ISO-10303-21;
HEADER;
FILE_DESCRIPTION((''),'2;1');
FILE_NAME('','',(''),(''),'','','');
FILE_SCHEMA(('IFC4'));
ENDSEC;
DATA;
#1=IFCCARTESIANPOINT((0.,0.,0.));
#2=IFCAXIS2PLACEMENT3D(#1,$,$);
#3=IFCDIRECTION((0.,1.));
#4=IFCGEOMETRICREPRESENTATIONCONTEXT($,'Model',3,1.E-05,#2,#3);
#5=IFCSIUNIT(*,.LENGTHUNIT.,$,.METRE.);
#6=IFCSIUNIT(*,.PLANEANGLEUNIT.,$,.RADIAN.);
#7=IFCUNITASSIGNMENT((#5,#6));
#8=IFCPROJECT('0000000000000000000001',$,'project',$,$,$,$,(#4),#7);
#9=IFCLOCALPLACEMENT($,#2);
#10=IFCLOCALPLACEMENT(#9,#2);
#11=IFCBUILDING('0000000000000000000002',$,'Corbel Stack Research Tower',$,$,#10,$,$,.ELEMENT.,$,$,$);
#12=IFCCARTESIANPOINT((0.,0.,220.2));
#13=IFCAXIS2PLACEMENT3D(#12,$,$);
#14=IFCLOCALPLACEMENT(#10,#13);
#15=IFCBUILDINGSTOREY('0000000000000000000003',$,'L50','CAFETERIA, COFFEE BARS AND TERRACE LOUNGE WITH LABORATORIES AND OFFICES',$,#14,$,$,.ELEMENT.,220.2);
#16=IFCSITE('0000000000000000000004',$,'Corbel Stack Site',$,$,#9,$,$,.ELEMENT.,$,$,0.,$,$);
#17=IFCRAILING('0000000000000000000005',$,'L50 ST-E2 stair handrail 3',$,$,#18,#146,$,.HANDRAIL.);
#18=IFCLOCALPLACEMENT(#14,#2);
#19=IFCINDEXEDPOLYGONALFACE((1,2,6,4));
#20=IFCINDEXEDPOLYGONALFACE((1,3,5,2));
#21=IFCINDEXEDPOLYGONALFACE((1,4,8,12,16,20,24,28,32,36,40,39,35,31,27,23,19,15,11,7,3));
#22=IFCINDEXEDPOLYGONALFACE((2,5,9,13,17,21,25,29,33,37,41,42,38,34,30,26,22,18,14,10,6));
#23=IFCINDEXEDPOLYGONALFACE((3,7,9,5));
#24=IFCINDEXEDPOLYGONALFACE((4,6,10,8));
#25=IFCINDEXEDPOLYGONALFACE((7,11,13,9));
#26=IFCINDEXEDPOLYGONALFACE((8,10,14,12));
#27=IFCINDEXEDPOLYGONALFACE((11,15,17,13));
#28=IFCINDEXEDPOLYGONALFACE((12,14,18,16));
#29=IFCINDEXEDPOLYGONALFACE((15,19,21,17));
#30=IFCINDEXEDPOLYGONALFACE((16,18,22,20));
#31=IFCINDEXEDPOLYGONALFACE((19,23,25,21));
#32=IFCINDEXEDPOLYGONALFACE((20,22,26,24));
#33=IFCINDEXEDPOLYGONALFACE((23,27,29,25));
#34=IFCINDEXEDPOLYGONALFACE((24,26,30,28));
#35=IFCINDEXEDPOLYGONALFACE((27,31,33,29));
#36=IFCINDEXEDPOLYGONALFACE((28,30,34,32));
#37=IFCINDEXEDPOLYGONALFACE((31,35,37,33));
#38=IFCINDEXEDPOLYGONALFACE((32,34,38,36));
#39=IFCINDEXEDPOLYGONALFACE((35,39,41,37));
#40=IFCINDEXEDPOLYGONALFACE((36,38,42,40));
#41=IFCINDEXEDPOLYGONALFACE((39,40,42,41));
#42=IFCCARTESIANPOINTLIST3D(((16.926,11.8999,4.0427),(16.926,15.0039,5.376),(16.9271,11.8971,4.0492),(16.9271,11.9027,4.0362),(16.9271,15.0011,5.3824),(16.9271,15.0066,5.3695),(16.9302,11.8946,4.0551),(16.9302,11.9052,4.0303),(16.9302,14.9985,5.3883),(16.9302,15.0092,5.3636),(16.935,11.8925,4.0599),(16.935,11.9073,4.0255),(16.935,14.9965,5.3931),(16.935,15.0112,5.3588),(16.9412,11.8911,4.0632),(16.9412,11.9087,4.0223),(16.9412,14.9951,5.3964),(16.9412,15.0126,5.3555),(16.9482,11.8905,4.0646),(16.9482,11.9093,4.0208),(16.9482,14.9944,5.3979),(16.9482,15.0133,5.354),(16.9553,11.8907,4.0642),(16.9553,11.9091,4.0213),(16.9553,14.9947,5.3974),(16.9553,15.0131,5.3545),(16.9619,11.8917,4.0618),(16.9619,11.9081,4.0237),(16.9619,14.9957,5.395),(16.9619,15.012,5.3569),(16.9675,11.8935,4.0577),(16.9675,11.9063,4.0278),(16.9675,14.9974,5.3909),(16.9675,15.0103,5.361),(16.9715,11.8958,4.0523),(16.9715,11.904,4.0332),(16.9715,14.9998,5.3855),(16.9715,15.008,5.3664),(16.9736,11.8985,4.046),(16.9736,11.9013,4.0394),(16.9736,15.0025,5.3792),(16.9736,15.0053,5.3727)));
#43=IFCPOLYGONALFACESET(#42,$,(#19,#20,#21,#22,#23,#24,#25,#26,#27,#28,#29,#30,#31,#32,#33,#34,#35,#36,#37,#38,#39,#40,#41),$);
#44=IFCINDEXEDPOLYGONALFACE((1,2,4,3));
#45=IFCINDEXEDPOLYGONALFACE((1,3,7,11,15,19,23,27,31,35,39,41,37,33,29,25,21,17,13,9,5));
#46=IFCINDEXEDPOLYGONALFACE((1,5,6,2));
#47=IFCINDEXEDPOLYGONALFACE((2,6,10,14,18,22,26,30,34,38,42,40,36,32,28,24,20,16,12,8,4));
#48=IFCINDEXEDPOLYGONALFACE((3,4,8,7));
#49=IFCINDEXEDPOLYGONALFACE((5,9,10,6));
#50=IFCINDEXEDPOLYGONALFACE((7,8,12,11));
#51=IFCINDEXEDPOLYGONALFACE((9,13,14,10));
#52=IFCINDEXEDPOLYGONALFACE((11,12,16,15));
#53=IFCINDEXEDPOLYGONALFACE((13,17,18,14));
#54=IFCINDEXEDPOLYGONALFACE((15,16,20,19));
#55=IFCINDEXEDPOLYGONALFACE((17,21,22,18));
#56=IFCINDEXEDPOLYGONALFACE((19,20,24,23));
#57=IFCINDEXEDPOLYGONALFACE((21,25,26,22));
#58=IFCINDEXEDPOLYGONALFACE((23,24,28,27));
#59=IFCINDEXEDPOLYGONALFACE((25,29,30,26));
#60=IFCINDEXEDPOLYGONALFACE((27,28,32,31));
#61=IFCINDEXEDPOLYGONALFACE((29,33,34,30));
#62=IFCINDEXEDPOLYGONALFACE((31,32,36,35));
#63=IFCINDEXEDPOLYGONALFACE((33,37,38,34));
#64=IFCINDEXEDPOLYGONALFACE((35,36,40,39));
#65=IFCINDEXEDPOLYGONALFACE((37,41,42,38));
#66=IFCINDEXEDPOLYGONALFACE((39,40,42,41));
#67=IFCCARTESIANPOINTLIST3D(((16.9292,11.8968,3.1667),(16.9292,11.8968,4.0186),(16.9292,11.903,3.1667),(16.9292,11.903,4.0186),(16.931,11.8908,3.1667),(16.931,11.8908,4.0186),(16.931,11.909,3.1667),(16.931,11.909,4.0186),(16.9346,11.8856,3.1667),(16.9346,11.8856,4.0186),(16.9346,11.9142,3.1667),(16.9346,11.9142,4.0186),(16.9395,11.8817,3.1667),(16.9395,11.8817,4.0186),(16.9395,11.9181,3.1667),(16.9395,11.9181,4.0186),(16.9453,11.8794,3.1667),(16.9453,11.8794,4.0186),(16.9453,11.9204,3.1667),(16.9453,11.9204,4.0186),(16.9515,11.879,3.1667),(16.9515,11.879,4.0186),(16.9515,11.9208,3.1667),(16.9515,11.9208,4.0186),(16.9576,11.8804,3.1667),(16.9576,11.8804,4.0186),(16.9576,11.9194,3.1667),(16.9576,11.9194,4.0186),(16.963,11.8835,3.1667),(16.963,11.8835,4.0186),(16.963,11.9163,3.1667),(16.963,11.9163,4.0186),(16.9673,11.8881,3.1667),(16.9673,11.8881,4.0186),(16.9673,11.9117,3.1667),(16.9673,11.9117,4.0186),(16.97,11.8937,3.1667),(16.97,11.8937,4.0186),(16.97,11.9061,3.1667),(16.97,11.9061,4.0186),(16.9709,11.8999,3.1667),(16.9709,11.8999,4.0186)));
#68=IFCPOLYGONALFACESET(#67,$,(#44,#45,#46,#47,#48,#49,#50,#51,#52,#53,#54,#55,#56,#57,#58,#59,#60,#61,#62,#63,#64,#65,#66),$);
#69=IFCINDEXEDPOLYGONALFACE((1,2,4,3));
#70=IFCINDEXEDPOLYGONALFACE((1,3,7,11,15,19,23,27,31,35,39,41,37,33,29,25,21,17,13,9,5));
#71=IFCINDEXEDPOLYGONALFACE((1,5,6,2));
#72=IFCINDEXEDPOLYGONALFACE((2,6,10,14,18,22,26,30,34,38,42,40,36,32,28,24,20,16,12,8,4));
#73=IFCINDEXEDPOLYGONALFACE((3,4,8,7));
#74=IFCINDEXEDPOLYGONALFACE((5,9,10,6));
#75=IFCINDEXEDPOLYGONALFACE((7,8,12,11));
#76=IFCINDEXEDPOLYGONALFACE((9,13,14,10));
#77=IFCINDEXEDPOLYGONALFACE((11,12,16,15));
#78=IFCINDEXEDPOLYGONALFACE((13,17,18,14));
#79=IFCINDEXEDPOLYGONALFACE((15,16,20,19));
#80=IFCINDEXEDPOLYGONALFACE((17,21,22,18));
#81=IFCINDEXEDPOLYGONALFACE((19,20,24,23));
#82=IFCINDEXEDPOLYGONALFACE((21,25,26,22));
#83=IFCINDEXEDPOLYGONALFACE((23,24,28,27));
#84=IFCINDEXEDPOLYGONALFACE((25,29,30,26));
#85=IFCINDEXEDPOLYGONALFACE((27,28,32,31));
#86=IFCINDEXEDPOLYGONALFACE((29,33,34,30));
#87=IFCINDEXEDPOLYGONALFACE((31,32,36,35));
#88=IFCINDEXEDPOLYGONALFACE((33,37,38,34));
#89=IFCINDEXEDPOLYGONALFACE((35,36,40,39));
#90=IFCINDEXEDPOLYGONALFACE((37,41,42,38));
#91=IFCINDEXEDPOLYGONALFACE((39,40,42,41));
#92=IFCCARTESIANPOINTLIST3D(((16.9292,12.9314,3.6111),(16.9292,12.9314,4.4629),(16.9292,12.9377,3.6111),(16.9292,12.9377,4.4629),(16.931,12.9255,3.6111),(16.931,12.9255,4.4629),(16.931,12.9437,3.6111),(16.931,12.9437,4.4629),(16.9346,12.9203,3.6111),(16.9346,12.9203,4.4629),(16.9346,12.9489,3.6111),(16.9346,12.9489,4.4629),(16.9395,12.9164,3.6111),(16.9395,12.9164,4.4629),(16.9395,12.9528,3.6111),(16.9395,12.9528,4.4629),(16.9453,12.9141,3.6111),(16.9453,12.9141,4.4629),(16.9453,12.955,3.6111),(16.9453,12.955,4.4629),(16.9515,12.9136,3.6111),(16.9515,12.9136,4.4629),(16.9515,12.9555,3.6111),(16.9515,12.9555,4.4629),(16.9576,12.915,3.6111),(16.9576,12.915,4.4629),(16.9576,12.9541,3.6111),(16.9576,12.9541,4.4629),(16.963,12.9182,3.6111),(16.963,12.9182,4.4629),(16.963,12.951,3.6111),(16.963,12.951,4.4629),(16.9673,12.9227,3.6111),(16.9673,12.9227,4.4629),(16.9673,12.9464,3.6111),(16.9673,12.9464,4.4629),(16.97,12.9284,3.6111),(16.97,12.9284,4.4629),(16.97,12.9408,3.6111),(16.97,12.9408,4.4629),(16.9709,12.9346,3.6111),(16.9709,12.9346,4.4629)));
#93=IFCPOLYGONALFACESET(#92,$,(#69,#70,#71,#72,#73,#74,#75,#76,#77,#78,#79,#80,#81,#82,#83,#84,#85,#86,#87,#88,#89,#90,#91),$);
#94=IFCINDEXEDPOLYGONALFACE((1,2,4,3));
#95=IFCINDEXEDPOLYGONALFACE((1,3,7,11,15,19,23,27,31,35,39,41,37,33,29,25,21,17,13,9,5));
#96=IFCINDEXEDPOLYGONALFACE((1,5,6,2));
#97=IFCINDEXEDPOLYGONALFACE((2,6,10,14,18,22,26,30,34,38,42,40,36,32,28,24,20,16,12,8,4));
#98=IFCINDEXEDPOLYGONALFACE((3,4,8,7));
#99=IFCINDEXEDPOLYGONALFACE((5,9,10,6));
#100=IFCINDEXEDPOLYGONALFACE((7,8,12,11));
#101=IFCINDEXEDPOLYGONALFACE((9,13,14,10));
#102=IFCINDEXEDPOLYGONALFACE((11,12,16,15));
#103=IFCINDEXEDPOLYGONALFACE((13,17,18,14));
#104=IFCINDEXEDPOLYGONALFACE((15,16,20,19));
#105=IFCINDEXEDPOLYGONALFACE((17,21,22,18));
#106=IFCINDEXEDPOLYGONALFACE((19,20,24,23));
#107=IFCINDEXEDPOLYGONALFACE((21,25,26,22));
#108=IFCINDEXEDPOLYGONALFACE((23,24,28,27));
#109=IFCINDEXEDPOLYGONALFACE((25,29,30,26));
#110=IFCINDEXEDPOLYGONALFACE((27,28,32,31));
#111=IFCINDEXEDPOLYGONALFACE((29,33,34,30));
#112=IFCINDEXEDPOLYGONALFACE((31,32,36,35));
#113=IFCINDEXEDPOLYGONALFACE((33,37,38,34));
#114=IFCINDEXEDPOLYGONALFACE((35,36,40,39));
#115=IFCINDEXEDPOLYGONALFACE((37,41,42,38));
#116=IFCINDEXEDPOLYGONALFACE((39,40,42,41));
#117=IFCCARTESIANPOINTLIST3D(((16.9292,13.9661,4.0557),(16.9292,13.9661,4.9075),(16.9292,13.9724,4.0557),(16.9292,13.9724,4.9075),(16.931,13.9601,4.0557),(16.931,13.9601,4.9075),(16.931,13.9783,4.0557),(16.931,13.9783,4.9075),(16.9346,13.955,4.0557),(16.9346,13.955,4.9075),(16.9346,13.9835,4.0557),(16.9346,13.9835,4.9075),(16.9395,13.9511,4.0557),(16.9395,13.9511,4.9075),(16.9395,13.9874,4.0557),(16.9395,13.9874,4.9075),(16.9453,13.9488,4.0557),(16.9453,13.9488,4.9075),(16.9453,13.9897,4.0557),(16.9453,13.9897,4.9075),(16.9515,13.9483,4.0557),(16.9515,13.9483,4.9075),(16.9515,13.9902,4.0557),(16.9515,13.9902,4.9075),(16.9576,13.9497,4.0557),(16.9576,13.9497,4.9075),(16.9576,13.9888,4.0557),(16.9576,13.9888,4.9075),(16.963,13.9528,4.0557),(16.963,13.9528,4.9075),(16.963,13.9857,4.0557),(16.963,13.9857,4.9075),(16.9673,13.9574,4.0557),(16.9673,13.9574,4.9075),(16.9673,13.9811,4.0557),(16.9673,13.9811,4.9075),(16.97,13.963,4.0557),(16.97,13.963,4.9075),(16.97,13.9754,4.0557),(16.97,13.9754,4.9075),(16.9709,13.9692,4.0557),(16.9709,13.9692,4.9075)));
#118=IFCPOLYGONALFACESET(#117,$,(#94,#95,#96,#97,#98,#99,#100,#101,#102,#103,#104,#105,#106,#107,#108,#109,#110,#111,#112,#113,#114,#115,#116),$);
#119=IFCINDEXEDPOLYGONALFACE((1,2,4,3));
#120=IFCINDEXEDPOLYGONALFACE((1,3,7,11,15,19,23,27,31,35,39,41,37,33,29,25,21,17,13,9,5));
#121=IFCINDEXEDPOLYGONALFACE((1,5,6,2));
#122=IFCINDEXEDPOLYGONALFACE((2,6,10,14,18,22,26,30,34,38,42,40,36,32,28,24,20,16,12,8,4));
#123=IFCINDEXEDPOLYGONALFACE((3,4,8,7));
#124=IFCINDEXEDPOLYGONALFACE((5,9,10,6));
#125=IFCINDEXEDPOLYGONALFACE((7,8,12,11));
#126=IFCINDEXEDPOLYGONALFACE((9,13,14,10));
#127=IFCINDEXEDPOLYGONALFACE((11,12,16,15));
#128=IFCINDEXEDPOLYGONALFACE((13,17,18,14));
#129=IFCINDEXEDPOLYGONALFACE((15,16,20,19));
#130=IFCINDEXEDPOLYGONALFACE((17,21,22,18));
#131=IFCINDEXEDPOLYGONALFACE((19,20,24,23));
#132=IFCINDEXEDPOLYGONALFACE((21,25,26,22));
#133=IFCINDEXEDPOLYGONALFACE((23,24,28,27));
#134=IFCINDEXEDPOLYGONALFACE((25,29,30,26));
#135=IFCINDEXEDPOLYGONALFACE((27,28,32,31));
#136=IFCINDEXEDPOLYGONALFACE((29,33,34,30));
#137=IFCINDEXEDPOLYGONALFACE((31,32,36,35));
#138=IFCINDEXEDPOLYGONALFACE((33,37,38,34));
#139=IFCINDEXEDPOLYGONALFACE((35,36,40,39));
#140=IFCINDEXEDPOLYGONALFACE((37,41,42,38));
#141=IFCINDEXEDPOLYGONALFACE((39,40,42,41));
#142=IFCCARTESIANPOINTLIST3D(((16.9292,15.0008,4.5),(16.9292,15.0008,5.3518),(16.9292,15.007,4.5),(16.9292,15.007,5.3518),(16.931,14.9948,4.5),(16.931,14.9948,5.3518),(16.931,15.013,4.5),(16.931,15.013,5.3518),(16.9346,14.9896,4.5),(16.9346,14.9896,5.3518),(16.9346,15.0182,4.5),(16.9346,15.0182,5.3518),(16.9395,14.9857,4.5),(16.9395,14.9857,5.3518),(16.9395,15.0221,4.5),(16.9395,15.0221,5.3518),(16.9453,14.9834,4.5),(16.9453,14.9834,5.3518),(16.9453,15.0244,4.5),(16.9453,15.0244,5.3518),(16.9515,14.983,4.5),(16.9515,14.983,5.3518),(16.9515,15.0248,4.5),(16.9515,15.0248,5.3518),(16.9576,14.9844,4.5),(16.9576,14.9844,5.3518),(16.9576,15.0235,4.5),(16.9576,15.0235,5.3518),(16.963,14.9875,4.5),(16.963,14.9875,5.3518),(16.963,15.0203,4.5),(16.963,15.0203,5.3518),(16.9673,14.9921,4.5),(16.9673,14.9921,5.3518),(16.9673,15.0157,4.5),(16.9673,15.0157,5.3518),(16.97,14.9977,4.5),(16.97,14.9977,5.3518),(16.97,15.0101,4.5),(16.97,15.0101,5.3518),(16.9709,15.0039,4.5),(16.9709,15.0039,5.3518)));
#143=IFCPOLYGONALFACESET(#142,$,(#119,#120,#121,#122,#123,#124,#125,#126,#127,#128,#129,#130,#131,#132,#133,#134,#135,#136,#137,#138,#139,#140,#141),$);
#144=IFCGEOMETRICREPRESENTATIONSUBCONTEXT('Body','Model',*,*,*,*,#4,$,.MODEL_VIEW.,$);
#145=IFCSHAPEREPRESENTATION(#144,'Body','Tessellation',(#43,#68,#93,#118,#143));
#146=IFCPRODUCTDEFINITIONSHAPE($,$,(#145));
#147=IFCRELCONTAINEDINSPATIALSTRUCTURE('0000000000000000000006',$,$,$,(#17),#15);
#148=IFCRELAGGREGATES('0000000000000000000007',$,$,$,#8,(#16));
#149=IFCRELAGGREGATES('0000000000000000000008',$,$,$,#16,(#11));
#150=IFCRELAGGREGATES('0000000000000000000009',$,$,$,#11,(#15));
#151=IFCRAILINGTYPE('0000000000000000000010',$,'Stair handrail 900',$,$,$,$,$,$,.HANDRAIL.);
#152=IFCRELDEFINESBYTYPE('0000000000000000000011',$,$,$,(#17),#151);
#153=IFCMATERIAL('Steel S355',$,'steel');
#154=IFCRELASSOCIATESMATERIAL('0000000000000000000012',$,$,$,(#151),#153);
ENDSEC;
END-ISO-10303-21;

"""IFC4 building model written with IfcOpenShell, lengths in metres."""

from ifc_helpers import new_model, si_unit, direction, frame, origin, origin_2d, place, context, subcontext, project, spatial, circle, extrude, material, type_object, element, save


model = new_model("IFC4")

# Units and contexts
model_context = context("Model", 3, precision=1e-05, world=origin(), true_north=direction((0.0, 1.0)))
body_context = subcontext(model_context, "Body", "Model", "MODEL_VIEW")
ifc_project = project(units=[si_unit("LENGTHUNIT", "METRE"), si_unit("PLANEANGLEUNIT", "RADIAN")], contexts=[model_context])

# Site, building, storey
site_placement = place(None, origin())
site = spatial("IfcSite", under=ifc_project, at=site_placement, Name="Corbel Stack Site", CompositionType="ELEMENT", RefElevation=0.0)
building_placement = place(site_placement, origin())
building = spatial("IfcBuilding", under=site, at=building_placement, Name="Corbel Stack Research Tower", CompositionType="ELEMENT")
storey_placement = place(building_placement, frame((0.0, 0.0, 220.2)))
storey = spatial("IfcBuildingStorey", under=building, at=storey_placement, Name="L50", Description="CAFETERIA, COFFEE BARS AND TERRACE LOUNGE WITH LABORATORIES AND OFFICES", CompositionType="ELEMENT", Elevation=220.2)

# Railing
ifc_material_1 = material(Name="Steel S355", Category="steel")
railing_type_1 = type_object("IfcRailingType", Name="Stair handrail 900", PredefinedType="HANDRAIL", material=ifc_material_1)
for number, where, name in (
    (1, (16.95, 11.8999, 3.1667), "L50 ST-E2 stair handrail 3"),
):
    element("IfcRailing", number, at=place(storey_placement, frame(where)), inside=storey, type_object=railing_type_1, Name=name, PredefinedType="HANDRAIL", context=body_context, shape_type="SweptSolid", body=[
        extrude(circle(Radius=0.0239, at=origin_2d()), frame((0.0, 0.0, 0.876), z_axis=(0.0, 0.918827, 0.394661), x_axis=(-1.0, 0.0, 0.0)), (0.0, 0.0, 1.0), 3.3782),
        extrude(circle(Radius=0.021, at=origin_2d()), origin(), (0.0, 0.0, 1.0), 0.8518),
        extrude(circle(Radius=0.021, at=origin_2d()), frame((0.0, 1.0347, 0.4443)), (0.0, 0.0, 1.0), 0.8518),
        extrude(circle(Radius=0.021, at=origin_2d()), frame((0.0, 2.0693, 0.8889)), (0.0, 0.0, 1.0), 0.8518),
        extrude(circle(Radius=0.021, at=origin_2d()), frame((0.0, 3.104, 1.3333)), (0.0, 0.0, 1.0), 0.8518),
    ])

save(model, "model.ifc")
